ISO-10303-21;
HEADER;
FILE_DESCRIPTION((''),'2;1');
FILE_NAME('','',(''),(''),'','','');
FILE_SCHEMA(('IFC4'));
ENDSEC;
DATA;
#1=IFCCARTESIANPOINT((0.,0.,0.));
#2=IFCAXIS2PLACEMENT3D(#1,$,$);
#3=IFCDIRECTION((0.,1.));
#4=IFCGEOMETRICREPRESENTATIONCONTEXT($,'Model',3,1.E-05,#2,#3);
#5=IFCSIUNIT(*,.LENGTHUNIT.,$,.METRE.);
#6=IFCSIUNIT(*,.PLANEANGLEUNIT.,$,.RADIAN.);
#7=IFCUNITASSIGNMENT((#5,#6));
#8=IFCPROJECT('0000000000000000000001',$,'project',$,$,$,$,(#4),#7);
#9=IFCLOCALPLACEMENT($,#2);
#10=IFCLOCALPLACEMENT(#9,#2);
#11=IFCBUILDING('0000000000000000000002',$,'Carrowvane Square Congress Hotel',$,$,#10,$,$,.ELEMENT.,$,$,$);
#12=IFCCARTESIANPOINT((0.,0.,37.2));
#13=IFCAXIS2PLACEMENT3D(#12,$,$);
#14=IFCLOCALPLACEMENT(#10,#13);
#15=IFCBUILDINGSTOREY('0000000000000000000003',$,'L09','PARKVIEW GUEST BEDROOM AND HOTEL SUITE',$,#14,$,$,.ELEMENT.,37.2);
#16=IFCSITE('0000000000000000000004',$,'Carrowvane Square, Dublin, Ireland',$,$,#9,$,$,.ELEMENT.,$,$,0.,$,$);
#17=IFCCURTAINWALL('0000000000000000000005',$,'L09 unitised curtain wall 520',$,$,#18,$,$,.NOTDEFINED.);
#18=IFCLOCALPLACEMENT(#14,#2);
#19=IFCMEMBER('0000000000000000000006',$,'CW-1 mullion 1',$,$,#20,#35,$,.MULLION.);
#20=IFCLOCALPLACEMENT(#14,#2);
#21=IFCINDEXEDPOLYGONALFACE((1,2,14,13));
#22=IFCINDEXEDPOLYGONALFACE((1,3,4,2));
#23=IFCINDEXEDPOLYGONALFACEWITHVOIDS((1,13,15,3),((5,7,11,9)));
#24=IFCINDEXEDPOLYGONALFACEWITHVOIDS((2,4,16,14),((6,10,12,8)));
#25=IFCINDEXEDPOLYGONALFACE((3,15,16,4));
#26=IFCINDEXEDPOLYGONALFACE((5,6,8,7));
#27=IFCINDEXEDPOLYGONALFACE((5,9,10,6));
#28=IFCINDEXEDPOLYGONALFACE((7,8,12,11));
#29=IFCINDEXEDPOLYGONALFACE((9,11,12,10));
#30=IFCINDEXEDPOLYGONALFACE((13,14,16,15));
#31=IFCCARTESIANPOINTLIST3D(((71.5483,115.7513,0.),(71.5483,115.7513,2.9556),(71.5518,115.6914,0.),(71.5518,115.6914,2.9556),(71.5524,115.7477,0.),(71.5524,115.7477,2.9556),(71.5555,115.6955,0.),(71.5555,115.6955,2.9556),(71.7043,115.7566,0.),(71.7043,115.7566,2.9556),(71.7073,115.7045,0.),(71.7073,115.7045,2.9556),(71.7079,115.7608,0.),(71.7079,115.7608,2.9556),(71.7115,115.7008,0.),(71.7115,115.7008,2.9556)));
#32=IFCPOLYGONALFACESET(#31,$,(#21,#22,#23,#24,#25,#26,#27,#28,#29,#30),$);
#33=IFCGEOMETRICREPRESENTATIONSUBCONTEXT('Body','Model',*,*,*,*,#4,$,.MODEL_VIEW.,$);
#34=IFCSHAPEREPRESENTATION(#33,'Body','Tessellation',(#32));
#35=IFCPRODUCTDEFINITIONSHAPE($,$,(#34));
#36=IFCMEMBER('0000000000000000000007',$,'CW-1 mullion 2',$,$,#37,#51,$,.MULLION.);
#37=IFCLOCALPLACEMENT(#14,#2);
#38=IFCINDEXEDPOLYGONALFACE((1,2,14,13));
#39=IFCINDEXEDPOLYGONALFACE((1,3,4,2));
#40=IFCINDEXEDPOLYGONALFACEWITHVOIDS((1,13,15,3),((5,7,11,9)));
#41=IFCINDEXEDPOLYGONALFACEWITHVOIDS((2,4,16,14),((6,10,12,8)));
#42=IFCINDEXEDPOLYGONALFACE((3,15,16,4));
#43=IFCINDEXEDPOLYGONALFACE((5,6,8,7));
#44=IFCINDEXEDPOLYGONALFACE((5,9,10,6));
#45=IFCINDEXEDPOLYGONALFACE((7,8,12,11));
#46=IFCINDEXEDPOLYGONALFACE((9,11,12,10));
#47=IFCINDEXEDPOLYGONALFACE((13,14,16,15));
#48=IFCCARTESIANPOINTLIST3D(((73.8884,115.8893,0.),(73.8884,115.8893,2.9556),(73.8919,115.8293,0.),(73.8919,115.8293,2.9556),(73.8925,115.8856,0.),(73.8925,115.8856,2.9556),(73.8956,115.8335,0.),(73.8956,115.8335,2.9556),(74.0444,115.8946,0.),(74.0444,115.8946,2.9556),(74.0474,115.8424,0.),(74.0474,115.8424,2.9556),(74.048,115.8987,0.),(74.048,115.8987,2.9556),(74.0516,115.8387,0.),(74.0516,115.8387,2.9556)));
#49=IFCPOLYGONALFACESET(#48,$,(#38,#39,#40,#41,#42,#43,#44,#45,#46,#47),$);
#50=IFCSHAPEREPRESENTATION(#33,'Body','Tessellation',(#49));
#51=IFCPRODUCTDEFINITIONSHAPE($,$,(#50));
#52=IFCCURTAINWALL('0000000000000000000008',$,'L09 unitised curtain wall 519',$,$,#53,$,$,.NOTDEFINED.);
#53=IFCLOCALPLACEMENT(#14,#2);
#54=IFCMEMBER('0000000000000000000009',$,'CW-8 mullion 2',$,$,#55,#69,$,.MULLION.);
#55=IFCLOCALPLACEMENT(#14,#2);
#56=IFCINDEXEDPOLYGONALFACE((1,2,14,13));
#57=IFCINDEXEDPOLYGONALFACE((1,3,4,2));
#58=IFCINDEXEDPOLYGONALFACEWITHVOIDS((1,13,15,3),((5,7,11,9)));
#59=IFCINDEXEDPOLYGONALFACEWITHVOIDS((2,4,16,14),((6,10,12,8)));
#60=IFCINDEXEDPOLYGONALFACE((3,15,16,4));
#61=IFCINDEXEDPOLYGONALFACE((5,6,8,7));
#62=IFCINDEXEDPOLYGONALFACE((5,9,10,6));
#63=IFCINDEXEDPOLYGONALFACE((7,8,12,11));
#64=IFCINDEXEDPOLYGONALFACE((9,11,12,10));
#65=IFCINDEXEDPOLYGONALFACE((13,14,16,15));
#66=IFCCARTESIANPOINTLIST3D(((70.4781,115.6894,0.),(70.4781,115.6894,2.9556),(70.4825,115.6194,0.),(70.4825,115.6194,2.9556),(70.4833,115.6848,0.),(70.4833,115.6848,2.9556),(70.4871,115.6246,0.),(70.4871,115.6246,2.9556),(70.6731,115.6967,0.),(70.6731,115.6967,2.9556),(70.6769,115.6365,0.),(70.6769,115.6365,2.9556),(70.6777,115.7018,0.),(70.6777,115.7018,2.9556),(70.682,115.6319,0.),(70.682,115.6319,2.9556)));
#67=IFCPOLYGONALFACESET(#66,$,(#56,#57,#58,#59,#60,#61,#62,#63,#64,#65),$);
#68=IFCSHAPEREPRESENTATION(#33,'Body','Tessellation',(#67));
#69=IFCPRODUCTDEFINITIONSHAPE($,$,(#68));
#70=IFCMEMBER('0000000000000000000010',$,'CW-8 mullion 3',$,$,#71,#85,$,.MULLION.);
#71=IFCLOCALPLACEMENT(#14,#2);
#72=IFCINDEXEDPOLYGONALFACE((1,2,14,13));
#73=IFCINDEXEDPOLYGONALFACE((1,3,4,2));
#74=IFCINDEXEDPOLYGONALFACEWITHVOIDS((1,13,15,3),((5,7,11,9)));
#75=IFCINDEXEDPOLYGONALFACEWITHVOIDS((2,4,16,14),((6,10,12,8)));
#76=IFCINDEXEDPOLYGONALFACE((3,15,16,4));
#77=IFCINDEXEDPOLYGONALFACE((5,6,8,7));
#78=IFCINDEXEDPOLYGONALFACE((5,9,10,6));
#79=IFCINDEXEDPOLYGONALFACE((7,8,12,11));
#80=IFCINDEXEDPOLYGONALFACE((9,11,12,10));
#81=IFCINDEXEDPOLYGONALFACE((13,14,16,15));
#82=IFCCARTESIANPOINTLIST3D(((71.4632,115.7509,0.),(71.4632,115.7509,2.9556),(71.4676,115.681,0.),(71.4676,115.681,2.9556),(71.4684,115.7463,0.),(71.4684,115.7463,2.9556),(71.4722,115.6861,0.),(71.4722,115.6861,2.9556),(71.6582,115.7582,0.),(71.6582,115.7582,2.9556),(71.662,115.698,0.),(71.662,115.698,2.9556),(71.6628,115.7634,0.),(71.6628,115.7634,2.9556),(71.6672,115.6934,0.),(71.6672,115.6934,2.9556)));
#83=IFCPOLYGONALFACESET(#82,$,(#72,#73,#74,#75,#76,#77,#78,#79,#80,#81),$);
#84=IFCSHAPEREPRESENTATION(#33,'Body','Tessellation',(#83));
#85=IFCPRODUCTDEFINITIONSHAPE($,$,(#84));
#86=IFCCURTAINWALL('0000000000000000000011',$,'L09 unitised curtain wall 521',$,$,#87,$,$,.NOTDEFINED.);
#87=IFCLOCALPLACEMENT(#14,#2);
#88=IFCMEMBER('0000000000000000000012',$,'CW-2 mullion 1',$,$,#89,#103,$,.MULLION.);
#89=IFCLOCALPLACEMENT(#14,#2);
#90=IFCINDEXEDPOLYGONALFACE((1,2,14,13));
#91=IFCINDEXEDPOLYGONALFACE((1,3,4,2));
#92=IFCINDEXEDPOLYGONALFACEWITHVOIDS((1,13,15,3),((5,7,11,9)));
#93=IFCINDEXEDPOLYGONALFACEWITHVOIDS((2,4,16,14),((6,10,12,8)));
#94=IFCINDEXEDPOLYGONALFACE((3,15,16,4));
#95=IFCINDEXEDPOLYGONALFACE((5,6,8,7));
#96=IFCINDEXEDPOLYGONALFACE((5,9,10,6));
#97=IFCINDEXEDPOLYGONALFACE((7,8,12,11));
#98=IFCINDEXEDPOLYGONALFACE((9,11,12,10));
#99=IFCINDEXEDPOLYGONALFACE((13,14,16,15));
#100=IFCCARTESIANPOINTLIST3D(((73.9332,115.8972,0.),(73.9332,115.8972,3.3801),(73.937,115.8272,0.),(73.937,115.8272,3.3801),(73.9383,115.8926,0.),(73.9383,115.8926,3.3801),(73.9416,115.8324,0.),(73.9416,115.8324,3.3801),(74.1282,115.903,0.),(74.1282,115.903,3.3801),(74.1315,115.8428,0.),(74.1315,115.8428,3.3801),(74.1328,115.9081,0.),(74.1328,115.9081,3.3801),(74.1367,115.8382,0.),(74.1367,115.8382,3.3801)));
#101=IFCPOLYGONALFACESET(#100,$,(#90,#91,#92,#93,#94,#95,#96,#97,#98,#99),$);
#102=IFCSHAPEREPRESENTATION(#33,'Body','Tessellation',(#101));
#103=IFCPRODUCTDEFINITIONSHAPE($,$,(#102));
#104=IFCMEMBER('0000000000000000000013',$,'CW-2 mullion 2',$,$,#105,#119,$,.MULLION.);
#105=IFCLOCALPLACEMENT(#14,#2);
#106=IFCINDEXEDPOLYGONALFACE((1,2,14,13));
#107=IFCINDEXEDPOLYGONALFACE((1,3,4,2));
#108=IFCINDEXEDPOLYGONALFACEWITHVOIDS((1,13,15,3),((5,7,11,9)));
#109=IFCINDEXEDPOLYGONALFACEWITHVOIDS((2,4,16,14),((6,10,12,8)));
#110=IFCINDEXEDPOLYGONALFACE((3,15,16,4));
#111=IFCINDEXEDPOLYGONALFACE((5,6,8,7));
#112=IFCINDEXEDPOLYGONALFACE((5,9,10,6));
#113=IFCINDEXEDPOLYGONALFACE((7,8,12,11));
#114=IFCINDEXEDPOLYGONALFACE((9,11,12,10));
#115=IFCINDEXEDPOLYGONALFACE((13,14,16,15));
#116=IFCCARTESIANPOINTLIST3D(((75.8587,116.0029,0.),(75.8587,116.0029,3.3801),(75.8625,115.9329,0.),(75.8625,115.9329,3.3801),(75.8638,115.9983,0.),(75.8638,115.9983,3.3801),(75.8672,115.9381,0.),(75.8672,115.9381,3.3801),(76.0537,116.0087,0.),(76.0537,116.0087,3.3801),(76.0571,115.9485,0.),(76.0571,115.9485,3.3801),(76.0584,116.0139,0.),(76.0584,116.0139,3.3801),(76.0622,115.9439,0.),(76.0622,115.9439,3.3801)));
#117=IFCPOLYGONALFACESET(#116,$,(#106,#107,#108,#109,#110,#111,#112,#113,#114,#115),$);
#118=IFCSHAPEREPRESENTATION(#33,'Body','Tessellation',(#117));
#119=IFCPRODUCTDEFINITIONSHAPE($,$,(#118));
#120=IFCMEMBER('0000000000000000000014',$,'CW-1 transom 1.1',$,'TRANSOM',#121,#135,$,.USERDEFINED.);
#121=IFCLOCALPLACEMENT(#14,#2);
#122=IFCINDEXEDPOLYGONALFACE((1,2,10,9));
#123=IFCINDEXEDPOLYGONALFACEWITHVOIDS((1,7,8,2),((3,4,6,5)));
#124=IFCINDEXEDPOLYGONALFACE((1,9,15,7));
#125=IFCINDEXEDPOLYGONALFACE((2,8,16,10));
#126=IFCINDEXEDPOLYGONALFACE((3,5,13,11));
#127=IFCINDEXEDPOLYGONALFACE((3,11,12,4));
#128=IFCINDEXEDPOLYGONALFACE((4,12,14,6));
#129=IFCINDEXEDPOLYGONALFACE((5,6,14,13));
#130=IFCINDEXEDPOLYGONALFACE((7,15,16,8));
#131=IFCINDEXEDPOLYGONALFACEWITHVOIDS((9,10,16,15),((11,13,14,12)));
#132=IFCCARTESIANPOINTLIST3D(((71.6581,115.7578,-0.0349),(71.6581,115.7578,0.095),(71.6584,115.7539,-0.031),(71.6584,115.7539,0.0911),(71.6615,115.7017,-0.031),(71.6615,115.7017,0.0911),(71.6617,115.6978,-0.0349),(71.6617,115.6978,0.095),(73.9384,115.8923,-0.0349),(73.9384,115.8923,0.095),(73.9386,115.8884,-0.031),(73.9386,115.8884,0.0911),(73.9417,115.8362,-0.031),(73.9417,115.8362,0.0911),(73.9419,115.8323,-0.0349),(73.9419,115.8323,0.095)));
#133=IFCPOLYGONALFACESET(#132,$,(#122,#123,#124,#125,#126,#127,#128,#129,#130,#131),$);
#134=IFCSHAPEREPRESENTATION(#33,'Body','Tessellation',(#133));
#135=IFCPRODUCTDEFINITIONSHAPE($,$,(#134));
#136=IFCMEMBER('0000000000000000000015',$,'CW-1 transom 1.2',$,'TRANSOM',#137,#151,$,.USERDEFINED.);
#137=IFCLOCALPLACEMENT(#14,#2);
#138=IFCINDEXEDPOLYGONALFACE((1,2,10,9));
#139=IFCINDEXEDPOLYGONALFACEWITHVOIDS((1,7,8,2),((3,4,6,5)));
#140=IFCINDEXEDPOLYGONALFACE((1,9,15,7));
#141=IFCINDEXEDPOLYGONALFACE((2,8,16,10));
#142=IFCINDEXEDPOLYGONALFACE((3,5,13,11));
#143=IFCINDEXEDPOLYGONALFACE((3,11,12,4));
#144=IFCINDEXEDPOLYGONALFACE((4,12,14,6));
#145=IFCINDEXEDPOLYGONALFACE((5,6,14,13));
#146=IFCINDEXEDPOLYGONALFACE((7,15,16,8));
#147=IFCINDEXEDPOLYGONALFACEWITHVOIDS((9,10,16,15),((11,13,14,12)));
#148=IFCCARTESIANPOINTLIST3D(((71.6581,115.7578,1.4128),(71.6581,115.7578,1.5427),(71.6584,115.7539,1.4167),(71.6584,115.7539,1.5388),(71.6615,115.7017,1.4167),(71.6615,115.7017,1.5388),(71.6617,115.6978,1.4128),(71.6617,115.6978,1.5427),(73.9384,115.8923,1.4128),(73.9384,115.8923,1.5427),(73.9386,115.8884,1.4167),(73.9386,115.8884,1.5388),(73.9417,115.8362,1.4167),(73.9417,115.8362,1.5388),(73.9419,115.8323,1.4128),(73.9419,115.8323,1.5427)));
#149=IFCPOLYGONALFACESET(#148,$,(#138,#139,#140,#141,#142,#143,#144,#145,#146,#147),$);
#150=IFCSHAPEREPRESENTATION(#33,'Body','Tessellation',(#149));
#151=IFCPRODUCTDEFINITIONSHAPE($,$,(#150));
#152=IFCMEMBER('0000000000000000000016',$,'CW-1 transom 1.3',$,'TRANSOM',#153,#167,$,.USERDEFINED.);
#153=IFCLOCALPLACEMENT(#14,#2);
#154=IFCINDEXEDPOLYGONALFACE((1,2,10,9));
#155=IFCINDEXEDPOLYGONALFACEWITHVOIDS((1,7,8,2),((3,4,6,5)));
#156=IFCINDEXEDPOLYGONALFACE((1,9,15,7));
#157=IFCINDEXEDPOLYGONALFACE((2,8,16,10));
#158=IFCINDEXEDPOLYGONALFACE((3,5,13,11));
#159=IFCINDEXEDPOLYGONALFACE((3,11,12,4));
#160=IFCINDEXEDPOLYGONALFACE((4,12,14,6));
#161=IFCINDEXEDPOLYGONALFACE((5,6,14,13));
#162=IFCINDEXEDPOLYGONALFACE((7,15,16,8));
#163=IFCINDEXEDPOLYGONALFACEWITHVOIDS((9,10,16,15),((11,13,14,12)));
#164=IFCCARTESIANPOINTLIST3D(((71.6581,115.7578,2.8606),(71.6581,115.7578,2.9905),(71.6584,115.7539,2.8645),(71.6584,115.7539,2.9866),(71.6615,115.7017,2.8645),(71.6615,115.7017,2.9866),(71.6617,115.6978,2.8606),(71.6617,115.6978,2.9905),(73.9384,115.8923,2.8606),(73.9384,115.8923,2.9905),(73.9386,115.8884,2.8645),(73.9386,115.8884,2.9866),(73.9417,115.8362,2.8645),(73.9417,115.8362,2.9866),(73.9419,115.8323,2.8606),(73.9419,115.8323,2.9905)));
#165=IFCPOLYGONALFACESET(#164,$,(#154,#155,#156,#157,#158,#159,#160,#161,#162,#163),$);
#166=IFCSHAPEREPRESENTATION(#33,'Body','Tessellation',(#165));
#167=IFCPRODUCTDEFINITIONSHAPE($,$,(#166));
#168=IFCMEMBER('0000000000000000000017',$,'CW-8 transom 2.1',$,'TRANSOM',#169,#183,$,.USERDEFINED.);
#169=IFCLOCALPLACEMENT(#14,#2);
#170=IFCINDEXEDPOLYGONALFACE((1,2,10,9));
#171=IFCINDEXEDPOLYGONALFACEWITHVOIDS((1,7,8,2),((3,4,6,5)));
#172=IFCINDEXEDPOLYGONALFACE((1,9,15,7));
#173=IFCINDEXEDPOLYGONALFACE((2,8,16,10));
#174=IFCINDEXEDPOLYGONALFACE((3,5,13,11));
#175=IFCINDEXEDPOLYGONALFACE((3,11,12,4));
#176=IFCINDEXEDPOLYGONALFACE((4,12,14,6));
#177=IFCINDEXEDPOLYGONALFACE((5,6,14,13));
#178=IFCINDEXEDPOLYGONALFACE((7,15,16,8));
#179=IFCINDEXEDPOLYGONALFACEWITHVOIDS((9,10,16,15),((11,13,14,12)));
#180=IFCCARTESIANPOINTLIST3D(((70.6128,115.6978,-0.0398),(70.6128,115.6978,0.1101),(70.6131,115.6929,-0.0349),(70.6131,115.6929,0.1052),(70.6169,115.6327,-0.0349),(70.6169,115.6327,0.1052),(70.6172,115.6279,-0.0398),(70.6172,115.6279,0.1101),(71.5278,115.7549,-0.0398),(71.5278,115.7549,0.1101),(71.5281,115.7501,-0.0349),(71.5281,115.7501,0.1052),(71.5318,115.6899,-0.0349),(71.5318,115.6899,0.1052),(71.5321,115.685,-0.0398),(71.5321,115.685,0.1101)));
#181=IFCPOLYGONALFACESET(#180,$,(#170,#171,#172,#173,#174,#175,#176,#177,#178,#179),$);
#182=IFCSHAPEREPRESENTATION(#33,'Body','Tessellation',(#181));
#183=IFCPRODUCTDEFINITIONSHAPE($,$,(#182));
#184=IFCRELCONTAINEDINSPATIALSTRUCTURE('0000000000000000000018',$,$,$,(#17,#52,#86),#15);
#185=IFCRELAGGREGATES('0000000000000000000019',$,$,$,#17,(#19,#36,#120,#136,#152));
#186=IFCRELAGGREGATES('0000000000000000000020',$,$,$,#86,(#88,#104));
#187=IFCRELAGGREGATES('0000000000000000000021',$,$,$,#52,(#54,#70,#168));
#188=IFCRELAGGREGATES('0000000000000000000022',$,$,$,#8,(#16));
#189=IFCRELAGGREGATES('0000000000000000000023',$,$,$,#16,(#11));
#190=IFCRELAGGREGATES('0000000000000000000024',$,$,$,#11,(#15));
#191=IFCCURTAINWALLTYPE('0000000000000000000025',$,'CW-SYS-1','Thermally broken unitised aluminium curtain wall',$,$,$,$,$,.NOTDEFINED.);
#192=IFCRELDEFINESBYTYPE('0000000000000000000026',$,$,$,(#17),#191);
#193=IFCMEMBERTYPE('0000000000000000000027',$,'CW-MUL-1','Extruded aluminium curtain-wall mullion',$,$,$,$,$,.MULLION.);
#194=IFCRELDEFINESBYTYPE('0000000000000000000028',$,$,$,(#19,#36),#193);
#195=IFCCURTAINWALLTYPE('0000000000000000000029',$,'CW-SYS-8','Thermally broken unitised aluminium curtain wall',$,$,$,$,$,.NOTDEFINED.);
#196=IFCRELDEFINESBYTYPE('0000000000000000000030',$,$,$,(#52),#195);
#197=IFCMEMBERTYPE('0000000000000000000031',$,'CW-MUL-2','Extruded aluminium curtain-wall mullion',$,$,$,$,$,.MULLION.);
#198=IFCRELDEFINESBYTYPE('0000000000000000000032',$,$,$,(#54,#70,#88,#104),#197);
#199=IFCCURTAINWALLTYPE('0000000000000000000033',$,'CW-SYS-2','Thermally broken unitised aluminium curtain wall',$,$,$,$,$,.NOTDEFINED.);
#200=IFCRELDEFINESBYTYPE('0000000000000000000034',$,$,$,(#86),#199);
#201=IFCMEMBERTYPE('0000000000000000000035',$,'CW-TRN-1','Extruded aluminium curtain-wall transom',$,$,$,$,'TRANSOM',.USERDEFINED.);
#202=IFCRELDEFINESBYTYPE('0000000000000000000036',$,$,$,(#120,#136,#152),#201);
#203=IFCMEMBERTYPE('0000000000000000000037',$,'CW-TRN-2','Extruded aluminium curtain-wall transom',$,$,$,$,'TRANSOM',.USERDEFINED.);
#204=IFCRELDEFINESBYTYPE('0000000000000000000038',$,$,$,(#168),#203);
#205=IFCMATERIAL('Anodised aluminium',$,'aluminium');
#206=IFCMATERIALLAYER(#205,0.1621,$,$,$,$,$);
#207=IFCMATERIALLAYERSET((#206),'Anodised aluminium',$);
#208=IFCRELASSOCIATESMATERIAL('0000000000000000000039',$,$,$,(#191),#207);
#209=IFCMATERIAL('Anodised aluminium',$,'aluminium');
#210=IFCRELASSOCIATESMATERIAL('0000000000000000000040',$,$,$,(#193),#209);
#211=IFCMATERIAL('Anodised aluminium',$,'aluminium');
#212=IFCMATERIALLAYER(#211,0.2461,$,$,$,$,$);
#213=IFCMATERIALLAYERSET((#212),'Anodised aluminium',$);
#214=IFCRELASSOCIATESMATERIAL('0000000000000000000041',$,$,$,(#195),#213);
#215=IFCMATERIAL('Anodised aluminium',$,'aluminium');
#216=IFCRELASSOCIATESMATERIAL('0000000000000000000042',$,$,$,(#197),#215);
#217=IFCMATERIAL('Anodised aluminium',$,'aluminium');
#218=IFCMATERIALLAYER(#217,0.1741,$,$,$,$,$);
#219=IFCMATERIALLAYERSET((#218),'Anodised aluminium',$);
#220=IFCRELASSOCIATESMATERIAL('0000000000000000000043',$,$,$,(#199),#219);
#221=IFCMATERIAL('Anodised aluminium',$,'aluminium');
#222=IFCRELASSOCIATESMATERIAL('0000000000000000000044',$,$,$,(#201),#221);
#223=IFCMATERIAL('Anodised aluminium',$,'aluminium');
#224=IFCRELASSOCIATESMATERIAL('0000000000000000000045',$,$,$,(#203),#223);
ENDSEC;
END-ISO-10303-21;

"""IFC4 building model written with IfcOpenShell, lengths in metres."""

from ifc_helpers import new_model, si_unit, direction, frame, origin, origin_2d, place, context, subcontext, project, spatial, hollow_rectangle, extrude, material, layer, layer_set, material_profile, profile_set, type_object, element, aggregate, save


model = new_model("IFC4")

# Units and contexts
model_context = context("Model", 3, precision=1e-05, world=origin(), true_north=direction((0.0, 1.0)))
body_context = subcontext(model_context, "Body", "Model", "MODEL_VIEW")
ifc_project = project(units=[si_unit("LENGTHUNIT", "METRE"), si_unit("PLANEANGLEUNIT", "RADIAN")], contexts=[model_context])

# Site, building, storey
site_placement = place(None, origin())
site = spatial("IfcSite", under=ifc_project, at=site_placement, Name="Carrowvane Square, Dublin, Ireland", CompositionType="ELEMENT", RefElevation=0.0)
building_placement = place(site_placement, origin())
building = spatial("IfcBuilding", under=site, at=building_placement, Name="Carrowvane Square Congress Hotel", CompositionType="ELEMENT")
storey_placement = place(building_placement, frame((0.0, 0.0, 37.2)))
storey = spatial("IfcBuildingStorey", under=building, at=storey_placement, Name="L09", Description="PARKVIEW GUEST BEDROOM AND HOTEL SUITE", CompositionType="ELEMENT", Elevation=37.2)

# Curtain walls, members
ifc_material_1 = material(Name="Anodised aluminium", Category="aluminium")
ifc_layer_1 = layer(ifc_material_1, 0.1621)
ifc_layer_set_1 = layer_set([ifc_layer_1], Name="Anodised aluminium")
curtain_wall_type_1 = type_object("IfcCurtainWallType", Name="CW-SYS-1", Description="Thermally broken unitised aluminium curtain wall", PredefinedType="NOTDEFINED", material=ifc_layer_set_1)
curtain_wall_1_placement = place(storey_placement, origin())
curtain_wall_1 = element("IfcCurtainWall", 1, at=curtain_wall_1_placement, inside=storey, type_object=curtain_wall_type_1, Name="L09 unitised curtain wall 520", PredefinedType="NOTDEFINED")
ifc_material_2 = material(Name="Anodised aluminium", Category="aluminium")
ifc_material_profile_1 = material_profile(ifc_material_2, hollow_rectangle(XDim=0.0601, YDim=0.1599, WallThickness=0.0039, at=origin_2d()), Name="CW-ML 60x160x4")
ifc_profile_set_1 = profile_set([ifc_material_profile_1], Name="Anodised aluminium")
member_type_1 = type_object("IfcMemberType", Name="CW-MUL-1", Description="Extruded aluminium curtain-wall mullion", PredefinedType="MULLION", material=ifc_profile_set_1)
member_1_placement = place(storey_placement, frame((71.6299, 115.7261, 0.0), z_axis=(0.0, 0.0, 1.0), x_axis=(-0.058851, 0.998267, 0.0)))
member_1 = element("IfcMember", 2, at=member_1_placement, type_object=member_type_1, Name="CW-1 mullion 1", PredefinedType="MULLION", context=body_context, shape_type="SweptSolid", body=[
    extrude(hollow_rectangle(XDim=0.0601, YDim=0.1599, WallThickness=0.0039, at=origin_2d()), origin(), (0.0, 0.0, 1.0), 2.9556),
])
member_2_placement = place(storey_placement, frame((73.97, 115.864, 0.0), z_axis=(0.0, 0.0, 1.0), x_axis=(-0.058851, 0.998267, 0.0)))
member_2 = element("IfcMember", 3, at=member_2_placement, type_object=member_type_1, Name="CW-1 mullion 2", PredefinedType="MULLION", context=body_context, shape_type="SweptSolid", body=[
    extrude(hollow_rectangle(XDim=0.0601, YDim=0.1599, WallThickness=0.0039, at=origin_2d()), origin(), (0.0, 0.0, 1.0), 2.9556),
])
ifc_material_3 = material(Name="Anodised aluminium", Category="aluminium")
ifc_layer_2 = layer(ifc_material_3, 0.2461)
ifc_layer_set_2 = layer_set([ifc_layer_2], Name="Anodised aluminium")
curtain_wall_type_2 = type_object("IfcCurtainWallType", Name="CW-SYS-8", Description="Thermally broken unitised aluminium curtain wall", PredefinedType="NOTDEFINED", material=ifc_layer_set_2)
curtain_wall_2_placement = place(storey_placement, origin())
curtain_wall_2 = element("IfcCurtainWall", 4, at=curtain_wall_2_placement, inside=storey, type_object=curtain_wall_type_2, Name="L09 unitised curtain wall 519", PredefinedType="NOTDEFINED")
ifc_material_4 = material(Name="Anodised aluminium", Category="aluminium")
ifc_material_profile_2 = material_profile(ifc_material_4, hollow_rectangle(XDim=0.0701, YDim=0.2, WallThickness=0.0049, at=origin_2d()), Name="CW-ML 70x200x5")
ifc_profile_set_2 = profile_set([ifc_material_profile_2], Name="Anodised aluminium")
member_type_2 = type_object("IfcMemberType", Name="CW-MUL-2", Description="Extruded aluminium curtain-wall mullion", PredefinedType="MULLION", material=ifc_profile_set_2)
member_3_placement = place(storey_placement, frame((70.5801, 115.6606, 0.0), z_axis=(0.0, 0.0, 1.0), x_axis=(-0.062397, 0.998051, 0.0)))
member_3 = element("IfcMember", 5, at=member_3_placement, type_object=member_type_2, Name="CW-8 mullion 2", PredefinedType="MULLION", context=body_context, shape_type="SweptSolid", body=[
    extrude(hollow_rectangle(XDim=0.0701, YDim=0.2, WallThickness=0.0049, at=origin_2d()), origin(), (0.0, 0.0, 1.0), 2.9556),
])
member_4_placement = place(storey_placement, frame((71.5652, 115.7222, 0.0), z_axis=(0.0, 0.0, 1.0), x_axis=(-0.062397, 0.998051, 0.0)))
member_4 = element("IfcMember", 6, at=member_4_placement, type_object=member_type_2, Name="CW-8 mullion 3", PredefinedType="MULLION", context=body_context, shape_type="SweptSolid", body=[
    extrude(hollow_rectangle(XDim=0.0701, YDim=0.2, WallThickness=0.0049, at=origin_2d()), origin(), (0.0, 0.0, 1.0), 2.9556),
])
ifc_material_5 = material(Name="Anodised aluminium", Category="aluminium")
ifc_layer_3 = layer(ifc_material_5, 0.1741)
ifc_layer_set_3 = layer_set([ifc_layer_3], Name="Anodised aluminium")
curtain_wall_type_3 = type_object("IfcCurtainWallType", Name="CW-SYS-2", Description="Thermally broken unitised aluminium curtain wall", PredefinedType="NOTDEFINED", material=ifc_layer_set_3)
curtain_wall_3_placement = place(storey_placement, origin())
curtain_wall_3 = element("IfcCurtainWall", 7, at=curtain_wall_3_placement, inside=storey, type_object=curtain_wall_type_3, Name="L09 unitised curtain wall 521", PredefinedType="NOTDEFINED")
member_5_placement = place(storey_placement, frame((74.0349, 115.8677, 0.0), z_axis=(0.0, 0.0, 1.0), x_axis=(-0.054816, 0.998496, 0.0)))
member_5 = element("IfcMember", 8, at=member_5_placement, type_object=member_type_2, Name="CW-2 mullion 1", PredefinedType="MULLION", context=body_context, shape_type="SweptSolid", body=[
    extrude(hollow_rectangle(XDim=0.0701, YDim=0.2, WallThickness=0.0049, at=origin_2d()), origin(), (0.0, 0.0, 1.0), 3.3801),
])
member_6_placement = place(storey_placement, frame((75.9604, 115.9734, 0.0), z_axis=(0.0, 0.0, 1.0), x_axis=(-0.054816, 0.998496, 0.0)))
member_6 = element("IfcMember", 9, at=member_6_placement, type_object=member_type_2, Name="CW-2 mullion 2", PredefinedType="MULLION", context=body_context, shape_type="SweptSolid", body=[
    extrude(hollow_rectangle(XDim=0.0701, YDim=0.2, WallThickness=0.0049, at=origin_2d()), origin(), (0.0, 0.0, 1.0), 3.3801),
])

# Members
ifc_material_6 = material(Name="Anodised aluminium", Category="aluminium")
ifc_material_profile_3 = material_profile(ifc_material_6, hollow_rectangle(XDim=0.0601, YDim=0.1299, WallThickness=0.0039, at=origin_2d()), Name="CW-TR 60x130x4")
ifc_profile_set_3 = profile_set([ifc_material_profile_3], Name="Anodised aluminium")
member_type_3 = type_object("IfcMemberType", Name="CW-TRN-1", Description="Extruded aluminium curtain-wall transom", ElementType="TRANSOM", PredefinedType="USERDEFINED", material=ifc_profile_set_3)
member_7_placement = place(storey_placement, frame((71.6599, 115.7278, 0.03), z_axis=(0.998264, 0.058891, 0.0), x_axis=(-0.058891, 0.998264, 0.0)))
member_7 = element("IfcMember", 10, at=member_7_placement, type_object=member_type_3, Name="CW-1 transom 1.1", ObjectType="TRANSOM", PredefinedType="USERDEFINED", context=body_context, shape_type="SweptSolid", body=[
    extrude(hollow_rectangle(XDim=0.0601, YDim=0.1299, WallThickness=0.0039, at=origin_2d()), origin(), (0.0, 0.0, 1.0), 2.2842),
])
member_8_placement = place(storey_placement, frame((71.6599, 115.7278, 1.4778), z_axis=(0.998264, 0.058891, 0.0), x_axis=(-0.058891, 0.998264, 0.0)))
member_8 = element("IfcMember", 11, at=member_8_placement, type_object=member_type_3, Name="CW-1 transom 1.2", ObjectType="TRANSOM", PredefinedType="USERDEFINED", context=body_context, shape_type="SweptSolid", body=[
    extrude(hollow_rectangle(XDim=0.0601, YDim=0.1299, WallThickness=0.0039, at=origin_2d()), origin(), (0.0, 0.0, 1.0), 2.2842),
])
member_9_placement = place(storey_placement, frame((71.6599, 115.7278, 2.9255), z_axis=(0.998264, 0.058891, 0.0), x_axis=(-0.058891, 0.998264, 0.0)))
member_9 = element("IfcMember", 12, at=member_9_placement, type_object=member_type_3, Name="CW-1 transom 1.3", ObjectType="TRANSOM", PredefinedType="USERDEFINED", context=body_context, shape_type="SweptSolid", body=[
    extrude(hollow_rectangle(XDim=0.0601, YDim=0.1299, WallThickness=0.0039, at=origin_2d()), origin(), (0.0, 0.0, 1.0), 2.2842),
])
ifc_material_7 = material(Name="Anodised aluminium", Category="aluminium")
ifc_material_profile_4 = material_profile(ifc_material_7, hollow_rectangle(XDim=0.0701, YDim=0.1499, WallThickness=0.0049, at=origin_2d()), Name="CW-TR 70x150x5")
ifc_profile_set_4 = profile_set([ifc_material_profile_4], Name="Anodised aluminium")
member_type_4 = type_object("IfcMemberType", Name="CW-TRN-2", Description="Extruded aluminium curtain-wall transom", ElementType="TRANSOM", PredefinedType="USERDEFINED", material=ifc_profile_set_4)
member_10_placement = place(storey_placement, frame((70.615, 115.6628, 0.0352), z_axis=(0.998057, 0.062312, 0.0), x_axis=(-0.062312, 0.998057, 0.0)))
member_10 = element("IfcMember", 13, at=member_10_placement, type_object=member_type_4, Name="CW-8 transom 2.1", ObjectType="TRANSOM", PredefinedType="USERDEFINED", context=body_context, shape_type="SweptSolid", body=[
    extrude(hollow_rectangle(XDim=0.0701, YDim=0.1499, WallThickness=0.0049, at=origin_2d()), origin(), (0.0, 0.0, 1.0), 0.9167),
])

aggregate(curtain_wall_1, [member_1, member_2, member_7, member_8, member_9])
aggregate(curtain_wall_3, [member_5, member_6])
aggregate(curtain_wall_2, [member_3, member_4, member_10])

save(model, "model.ifc")
